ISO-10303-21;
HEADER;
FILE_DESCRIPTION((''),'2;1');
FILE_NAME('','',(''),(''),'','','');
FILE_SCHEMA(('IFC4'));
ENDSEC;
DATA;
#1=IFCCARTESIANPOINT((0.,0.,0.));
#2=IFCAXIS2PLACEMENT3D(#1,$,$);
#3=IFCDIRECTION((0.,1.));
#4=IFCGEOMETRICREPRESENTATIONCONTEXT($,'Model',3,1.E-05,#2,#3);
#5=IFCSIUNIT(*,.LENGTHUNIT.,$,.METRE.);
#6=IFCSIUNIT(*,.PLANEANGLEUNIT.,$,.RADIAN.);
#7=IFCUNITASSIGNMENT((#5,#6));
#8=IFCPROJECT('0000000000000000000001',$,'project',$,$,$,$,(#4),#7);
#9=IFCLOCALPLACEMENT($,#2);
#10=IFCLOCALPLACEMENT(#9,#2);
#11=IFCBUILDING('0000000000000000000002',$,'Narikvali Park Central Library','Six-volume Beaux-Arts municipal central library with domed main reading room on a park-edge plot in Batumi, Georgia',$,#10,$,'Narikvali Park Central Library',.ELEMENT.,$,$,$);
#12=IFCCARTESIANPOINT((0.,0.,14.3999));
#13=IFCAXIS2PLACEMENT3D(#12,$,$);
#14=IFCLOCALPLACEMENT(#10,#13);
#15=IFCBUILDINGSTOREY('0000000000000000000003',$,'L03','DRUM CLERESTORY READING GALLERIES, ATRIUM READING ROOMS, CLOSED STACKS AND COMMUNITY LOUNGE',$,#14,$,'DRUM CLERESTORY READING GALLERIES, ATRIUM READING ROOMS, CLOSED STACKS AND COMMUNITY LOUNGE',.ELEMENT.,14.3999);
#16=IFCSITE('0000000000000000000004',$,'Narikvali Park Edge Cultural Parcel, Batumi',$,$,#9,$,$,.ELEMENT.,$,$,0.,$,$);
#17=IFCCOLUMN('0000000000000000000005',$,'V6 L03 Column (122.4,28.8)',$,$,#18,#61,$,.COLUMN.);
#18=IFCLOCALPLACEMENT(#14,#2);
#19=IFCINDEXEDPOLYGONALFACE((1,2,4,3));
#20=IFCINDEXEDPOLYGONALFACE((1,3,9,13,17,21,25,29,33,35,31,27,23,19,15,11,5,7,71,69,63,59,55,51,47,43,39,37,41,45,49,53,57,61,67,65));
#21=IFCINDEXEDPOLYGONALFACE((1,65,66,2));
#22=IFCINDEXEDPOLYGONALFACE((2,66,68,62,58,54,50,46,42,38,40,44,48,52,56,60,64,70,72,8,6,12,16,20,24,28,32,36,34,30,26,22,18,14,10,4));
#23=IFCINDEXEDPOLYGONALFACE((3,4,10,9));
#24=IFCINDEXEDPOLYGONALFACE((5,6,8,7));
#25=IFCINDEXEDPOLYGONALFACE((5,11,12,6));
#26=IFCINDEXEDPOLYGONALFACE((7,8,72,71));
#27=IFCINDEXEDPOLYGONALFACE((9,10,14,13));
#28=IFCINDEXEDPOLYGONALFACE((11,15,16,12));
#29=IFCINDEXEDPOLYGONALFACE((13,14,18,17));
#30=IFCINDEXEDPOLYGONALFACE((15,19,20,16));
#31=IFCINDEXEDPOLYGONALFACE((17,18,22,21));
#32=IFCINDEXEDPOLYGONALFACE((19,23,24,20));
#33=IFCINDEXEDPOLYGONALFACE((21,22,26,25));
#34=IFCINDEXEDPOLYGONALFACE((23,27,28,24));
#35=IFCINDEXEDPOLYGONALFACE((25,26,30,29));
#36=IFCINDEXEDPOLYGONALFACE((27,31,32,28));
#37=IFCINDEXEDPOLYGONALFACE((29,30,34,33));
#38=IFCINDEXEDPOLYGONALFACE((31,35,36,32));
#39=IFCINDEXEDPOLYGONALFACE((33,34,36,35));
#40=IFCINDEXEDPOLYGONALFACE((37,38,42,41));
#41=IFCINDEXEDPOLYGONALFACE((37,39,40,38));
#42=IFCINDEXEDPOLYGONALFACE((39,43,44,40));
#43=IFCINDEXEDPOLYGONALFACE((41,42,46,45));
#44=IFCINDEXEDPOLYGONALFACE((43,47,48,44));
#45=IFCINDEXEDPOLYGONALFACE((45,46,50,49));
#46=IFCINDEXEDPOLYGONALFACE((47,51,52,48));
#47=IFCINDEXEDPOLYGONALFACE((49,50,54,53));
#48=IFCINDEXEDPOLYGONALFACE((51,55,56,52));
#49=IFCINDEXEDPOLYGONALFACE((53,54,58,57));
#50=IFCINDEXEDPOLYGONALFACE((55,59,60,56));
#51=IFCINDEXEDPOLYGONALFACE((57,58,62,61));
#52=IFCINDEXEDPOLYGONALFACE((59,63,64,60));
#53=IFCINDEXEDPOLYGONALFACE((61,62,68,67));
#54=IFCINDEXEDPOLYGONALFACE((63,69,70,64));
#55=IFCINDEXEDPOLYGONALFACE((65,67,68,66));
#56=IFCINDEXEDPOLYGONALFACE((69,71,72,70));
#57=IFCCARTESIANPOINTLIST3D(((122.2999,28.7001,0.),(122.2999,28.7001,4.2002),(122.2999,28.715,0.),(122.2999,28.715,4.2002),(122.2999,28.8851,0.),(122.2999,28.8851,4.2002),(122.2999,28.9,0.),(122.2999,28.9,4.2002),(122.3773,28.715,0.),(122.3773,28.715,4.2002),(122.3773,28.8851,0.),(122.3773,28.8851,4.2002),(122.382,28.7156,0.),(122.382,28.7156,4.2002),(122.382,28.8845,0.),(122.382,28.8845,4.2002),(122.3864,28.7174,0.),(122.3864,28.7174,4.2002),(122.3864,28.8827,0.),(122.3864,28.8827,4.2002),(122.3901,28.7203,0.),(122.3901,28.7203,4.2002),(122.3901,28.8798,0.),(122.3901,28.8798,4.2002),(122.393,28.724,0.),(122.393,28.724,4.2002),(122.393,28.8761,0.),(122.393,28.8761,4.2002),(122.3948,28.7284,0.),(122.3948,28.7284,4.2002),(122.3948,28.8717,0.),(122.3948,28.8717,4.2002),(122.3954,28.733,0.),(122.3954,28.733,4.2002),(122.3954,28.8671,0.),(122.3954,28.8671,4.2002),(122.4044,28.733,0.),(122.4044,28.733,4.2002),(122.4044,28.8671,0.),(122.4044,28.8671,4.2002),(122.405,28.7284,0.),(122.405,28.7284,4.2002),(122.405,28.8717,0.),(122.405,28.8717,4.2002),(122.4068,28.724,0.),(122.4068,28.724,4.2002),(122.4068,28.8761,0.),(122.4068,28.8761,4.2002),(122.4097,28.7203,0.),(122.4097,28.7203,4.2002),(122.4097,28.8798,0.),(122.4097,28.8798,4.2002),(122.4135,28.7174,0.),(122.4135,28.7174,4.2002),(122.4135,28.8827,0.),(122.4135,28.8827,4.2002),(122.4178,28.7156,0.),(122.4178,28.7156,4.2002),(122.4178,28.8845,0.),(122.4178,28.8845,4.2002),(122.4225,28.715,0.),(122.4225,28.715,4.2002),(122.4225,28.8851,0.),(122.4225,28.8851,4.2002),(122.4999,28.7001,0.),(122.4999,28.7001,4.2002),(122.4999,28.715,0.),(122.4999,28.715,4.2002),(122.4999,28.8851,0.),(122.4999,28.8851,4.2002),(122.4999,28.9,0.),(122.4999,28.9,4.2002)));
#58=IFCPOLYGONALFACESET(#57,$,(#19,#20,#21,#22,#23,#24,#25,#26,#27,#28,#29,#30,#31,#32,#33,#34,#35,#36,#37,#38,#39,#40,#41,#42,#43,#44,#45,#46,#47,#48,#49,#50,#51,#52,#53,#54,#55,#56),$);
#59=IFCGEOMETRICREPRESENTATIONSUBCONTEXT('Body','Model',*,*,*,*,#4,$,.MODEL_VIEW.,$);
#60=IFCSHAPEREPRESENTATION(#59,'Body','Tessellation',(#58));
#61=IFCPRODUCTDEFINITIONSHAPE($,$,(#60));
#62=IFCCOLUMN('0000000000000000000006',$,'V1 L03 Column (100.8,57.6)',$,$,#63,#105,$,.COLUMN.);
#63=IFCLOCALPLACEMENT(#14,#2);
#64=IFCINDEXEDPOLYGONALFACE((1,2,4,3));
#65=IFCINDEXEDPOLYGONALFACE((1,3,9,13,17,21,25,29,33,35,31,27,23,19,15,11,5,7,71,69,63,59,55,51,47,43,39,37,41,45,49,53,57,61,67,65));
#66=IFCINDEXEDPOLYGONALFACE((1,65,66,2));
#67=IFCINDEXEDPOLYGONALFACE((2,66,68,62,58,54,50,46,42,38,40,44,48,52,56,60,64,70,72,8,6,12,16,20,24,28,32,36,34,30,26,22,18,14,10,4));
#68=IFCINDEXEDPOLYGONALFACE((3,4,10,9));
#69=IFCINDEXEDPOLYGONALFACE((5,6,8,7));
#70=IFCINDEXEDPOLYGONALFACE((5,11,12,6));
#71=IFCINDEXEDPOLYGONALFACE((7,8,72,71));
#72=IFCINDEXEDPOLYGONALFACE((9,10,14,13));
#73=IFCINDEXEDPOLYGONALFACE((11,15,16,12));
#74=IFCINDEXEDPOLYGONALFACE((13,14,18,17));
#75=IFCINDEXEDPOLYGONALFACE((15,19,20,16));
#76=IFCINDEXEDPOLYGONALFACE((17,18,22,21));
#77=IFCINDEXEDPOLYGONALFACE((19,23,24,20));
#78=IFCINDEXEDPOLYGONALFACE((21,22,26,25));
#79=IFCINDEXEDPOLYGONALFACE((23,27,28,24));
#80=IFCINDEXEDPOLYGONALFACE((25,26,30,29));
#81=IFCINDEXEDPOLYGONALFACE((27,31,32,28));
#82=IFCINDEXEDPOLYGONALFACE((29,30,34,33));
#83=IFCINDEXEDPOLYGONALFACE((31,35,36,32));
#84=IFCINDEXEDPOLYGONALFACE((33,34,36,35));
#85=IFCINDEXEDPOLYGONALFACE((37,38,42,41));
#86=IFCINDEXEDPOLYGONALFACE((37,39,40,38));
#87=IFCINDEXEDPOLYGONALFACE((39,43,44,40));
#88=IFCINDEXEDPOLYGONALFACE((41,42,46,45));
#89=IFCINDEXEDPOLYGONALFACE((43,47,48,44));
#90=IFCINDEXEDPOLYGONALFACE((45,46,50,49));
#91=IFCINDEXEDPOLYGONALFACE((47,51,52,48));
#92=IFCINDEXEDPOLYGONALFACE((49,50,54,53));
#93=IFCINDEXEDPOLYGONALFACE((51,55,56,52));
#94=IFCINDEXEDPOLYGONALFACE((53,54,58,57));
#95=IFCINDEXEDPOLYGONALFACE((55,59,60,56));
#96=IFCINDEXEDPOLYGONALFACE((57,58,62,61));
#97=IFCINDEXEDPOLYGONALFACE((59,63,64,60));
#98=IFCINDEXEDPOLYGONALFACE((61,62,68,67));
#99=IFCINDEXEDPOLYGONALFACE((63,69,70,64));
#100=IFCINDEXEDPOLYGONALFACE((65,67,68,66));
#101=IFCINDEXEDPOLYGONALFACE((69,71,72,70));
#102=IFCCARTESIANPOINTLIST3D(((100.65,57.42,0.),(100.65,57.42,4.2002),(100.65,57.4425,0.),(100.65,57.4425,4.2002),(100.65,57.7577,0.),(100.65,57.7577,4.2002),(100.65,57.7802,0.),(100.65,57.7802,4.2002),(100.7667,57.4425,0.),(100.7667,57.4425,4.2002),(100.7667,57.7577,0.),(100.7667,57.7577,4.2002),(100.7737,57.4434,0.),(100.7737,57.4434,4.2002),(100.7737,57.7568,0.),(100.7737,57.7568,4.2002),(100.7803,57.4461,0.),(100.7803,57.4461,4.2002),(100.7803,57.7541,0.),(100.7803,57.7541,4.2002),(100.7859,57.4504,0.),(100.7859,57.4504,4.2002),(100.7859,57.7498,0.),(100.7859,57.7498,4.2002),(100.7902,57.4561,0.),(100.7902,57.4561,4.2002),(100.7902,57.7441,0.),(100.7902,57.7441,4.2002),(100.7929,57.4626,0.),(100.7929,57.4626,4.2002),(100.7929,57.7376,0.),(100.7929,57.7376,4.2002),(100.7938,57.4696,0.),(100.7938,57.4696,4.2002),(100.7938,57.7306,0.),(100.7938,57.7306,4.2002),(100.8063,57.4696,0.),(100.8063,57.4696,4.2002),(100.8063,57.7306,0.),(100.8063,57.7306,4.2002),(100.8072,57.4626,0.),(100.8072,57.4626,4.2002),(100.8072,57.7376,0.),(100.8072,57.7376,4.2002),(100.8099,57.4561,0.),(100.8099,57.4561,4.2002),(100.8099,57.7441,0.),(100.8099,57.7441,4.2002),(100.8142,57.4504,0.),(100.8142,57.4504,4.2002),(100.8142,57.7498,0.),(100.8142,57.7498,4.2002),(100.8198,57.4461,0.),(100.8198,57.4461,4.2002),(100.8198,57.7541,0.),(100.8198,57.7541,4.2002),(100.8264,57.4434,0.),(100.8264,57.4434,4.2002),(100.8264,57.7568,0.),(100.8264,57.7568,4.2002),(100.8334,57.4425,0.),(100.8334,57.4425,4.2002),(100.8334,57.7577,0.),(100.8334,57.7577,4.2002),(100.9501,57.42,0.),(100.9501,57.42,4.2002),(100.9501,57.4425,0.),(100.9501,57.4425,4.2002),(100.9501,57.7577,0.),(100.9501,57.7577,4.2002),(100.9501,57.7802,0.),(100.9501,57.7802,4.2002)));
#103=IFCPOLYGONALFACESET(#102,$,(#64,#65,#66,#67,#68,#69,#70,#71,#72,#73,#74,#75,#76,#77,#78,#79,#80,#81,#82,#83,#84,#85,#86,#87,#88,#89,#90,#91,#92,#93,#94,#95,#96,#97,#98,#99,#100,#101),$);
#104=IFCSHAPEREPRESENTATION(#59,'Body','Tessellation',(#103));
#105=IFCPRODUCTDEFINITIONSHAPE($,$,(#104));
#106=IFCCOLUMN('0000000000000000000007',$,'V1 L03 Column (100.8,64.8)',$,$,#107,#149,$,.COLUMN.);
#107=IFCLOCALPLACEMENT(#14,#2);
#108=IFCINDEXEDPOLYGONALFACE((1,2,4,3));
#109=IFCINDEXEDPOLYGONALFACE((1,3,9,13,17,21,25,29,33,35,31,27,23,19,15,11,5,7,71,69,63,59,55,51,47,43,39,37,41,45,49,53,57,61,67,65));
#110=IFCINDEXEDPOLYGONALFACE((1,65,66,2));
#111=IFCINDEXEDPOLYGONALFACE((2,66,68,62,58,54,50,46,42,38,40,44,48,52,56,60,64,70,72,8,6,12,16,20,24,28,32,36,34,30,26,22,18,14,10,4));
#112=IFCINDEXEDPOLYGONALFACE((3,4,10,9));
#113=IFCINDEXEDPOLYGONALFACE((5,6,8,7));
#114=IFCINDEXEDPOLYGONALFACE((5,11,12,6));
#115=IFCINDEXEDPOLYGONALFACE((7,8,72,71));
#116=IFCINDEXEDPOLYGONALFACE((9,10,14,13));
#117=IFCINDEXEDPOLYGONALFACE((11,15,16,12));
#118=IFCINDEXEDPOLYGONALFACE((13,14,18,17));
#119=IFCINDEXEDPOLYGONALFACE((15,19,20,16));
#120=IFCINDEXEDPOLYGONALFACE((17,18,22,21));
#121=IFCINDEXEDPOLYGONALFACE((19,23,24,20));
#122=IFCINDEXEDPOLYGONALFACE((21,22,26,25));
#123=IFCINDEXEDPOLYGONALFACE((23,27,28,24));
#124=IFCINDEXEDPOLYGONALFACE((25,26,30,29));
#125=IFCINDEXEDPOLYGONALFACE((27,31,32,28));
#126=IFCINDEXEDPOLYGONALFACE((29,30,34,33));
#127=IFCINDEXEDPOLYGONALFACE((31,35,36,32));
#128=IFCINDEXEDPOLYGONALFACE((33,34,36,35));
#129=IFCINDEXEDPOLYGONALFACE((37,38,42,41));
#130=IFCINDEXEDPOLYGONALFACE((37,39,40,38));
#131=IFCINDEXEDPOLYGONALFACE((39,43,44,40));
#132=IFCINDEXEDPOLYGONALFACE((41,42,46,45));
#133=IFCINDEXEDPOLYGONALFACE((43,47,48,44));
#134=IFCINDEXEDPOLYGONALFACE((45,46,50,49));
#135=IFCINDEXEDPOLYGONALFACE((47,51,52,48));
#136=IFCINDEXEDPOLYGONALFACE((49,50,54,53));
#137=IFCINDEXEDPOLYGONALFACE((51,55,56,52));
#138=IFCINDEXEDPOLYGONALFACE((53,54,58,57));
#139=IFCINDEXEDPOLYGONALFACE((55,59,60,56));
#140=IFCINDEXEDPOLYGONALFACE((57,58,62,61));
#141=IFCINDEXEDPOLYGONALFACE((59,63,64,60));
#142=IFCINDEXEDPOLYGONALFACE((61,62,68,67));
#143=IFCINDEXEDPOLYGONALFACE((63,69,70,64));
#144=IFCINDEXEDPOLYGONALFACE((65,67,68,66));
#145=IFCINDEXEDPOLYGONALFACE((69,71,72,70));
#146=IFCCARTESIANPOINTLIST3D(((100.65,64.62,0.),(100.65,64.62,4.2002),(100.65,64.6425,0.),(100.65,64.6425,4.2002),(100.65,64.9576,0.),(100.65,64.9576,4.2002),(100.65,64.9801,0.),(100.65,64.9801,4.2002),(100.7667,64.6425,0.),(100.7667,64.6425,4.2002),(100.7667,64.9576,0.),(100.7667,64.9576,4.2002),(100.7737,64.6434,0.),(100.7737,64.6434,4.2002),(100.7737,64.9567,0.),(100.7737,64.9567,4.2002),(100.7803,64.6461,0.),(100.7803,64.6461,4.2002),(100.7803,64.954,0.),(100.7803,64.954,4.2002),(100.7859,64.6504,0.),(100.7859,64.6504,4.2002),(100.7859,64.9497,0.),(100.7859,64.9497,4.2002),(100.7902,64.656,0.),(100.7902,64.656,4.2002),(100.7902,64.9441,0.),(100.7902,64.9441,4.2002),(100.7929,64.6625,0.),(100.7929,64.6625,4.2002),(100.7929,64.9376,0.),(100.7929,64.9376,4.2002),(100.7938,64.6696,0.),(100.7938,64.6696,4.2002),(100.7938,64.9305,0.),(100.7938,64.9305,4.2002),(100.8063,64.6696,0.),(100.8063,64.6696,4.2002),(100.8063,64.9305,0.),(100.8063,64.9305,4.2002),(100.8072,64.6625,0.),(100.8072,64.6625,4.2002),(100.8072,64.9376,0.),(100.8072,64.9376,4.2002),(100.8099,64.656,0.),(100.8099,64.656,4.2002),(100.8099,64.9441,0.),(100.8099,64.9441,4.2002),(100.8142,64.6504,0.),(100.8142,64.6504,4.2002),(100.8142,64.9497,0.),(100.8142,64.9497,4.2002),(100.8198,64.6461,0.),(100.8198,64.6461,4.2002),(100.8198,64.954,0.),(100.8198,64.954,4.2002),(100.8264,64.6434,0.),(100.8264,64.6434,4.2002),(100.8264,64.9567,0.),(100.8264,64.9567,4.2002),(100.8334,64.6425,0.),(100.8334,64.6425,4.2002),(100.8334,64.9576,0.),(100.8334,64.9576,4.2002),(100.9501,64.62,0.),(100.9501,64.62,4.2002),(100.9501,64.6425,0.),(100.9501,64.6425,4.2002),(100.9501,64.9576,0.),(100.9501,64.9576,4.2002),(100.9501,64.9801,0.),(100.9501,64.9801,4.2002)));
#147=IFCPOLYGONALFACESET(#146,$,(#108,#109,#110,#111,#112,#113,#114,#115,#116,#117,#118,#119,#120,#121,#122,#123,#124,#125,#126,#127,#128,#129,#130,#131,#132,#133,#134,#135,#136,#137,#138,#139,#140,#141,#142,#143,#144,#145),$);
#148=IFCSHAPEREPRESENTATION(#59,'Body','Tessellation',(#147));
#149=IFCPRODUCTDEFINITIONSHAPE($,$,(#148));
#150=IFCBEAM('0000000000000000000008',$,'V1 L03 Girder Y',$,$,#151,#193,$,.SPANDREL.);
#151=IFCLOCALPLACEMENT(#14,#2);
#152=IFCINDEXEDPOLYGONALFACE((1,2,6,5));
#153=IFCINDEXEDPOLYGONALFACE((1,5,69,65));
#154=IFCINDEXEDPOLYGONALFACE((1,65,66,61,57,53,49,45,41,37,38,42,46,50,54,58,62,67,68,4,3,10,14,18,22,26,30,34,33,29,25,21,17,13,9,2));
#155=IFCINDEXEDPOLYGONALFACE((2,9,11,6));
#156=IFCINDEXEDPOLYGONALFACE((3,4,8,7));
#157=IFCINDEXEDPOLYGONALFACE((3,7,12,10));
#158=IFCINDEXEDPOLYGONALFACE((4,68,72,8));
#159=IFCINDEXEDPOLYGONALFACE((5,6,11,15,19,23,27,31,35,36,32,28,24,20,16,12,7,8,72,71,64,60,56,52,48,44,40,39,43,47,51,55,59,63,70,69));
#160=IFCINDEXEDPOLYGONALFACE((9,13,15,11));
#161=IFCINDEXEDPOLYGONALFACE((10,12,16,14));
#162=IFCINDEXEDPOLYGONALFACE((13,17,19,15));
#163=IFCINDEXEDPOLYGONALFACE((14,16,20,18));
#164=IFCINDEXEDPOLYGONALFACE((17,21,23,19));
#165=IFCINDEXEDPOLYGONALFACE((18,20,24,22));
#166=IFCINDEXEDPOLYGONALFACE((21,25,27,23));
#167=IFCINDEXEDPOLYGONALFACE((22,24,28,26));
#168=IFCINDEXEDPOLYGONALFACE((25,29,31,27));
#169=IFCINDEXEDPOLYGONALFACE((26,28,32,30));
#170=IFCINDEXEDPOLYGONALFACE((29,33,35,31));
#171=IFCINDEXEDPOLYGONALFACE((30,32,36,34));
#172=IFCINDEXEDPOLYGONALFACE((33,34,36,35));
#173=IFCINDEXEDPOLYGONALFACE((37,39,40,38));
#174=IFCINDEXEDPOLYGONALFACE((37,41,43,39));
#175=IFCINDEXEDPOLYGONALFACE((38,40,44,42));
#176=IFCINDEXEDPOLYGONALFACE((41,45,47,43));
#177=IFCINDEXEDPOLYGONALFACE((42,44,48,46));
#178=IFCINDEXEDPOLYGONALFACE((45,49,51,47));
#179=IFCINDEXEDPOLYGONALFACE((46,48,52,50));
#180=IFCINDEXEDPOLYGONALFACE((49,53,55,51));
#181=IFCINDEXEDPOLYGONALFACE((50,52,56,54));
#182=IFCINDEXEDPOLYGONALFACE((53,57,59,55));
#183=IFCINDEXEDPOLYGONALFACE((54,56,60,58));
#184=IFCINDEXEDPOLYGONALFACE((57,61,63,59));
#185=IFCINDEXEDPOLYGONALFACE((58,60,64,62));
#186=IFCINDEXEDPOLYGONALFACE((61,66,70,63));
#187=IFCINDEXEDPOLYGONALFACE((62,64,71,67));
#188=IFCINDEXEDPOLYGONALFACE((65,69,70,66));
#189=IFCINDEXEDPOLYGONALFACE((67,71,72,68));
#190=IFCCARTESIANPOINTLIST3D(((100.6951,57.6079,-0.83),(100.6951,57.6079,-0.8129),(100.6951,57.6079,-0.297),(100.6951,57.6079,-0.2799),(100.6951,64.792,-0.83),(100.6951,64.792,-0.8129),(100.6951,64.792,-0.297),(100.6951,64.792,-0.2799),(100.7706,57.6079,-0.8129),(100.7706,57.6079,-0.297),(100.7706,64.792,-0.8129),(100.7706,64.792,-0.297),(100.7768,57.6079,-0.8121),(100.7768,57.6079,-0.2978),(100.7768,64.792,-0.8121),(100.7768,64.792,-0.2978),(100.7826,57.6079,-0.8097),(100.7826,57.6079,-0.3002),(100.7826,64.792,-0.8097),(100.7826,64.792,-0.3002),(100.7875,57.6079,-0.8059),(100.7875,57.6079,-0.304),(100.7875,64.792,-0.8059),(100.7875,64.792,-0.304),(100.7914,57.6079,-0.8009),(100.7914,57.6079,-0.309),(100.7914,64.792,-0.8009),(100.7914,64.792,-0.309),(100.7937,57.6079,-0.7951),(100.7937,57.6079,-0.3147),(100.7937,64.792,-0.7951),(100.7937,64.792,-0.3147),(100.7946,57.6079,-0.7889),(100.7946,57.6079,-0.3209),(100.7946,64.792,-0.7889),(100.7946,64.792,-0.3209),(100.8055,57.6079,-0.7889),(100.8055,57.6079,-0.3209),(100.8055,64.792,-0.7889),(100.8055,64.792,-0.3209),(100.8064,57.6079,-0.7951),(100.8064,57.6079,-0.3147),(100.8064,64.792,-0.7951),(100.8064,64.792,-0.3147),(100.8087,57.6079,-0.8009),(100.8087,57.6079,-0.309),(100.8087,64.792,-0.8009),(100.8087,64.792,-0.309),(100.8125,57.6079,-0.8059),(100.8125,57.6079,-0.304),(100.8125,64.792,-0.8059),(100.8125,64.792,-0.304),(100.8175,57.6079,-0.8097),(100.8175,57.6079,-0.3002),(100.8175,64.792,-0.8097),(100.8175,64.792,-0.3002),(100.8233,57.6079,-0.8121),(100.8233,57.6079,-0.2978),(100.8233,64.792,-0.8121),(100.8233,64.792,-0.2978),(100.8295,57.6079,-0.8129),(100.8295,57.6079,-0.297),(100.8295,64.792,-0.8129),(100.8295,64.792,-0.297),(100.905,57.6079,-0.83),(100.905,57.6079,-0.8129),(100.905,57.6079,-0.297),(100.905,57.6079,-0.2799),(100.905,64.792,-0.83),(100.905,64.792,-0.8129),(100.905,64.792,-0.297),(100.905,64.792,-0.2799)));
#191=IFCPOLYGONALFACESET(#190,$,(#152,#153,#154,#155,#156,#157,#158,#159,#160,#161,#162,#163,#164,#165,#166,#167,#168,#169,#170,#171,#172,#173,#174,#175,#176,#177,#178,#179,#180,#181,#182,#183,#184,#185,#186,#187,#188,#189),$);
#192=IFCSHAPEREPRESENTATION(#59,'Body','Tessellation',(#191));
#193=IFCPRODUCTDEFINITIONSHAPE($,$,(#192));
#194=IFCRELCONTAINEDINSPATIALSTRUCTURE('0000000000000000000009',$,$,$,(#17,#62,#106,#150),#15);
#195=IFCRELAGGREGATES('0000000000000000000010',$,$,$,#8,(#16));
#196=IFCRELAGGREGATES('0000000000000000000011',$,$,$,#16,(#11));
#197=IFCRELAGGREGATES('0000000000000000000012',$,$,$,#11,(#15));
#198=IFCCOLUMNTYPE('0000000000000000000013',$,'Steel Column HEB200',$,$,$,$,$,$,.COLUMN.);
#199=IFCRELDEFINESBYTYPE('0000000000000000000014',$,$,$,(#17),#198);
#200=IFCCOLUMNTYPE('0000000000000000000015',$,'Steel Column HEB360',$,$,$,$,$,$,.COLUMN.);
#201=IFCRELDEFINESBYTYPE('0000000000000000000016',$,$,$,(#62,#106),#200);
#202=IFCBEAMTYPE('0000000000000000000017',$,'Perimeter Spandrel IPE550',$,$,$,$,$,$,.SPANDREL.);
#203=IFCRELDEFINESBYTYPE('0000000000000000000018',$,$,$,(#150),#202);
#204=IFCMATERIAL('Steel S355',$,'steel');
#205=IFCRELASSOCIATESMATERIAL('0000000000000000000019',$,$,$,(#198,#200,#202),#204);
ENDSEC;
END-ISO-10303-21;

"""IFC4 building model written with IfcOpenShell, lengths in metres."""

from ifc_helpers import new_model, si_unit, direction, frame, origin, origin_2d, place, context, subcontext, project, spatial, i_section, extrude, material, material_profile, profile_set, type_object, element, save


model = new_model("IFC4")

# Units and contexts
model_context = context("Model", 3, precision=1e-05, world=origin(), true_north=direction((0.0, 1.0)))
body_context = subcontext(model_context, "Body", "Model", "MODEL_VIEW")
ifc_project = project(units=[si_unit("LENGTHUNIT", "METRE"), si_unit("PLANEANGLEUNIT", "RADIAN")], contexts=[model_context])

# Site, building, storey
site_placement = place(None, origin())
site = spatial("IfcSite", under=ifc_project, at=site_placement, Name="Narikvali Park Edge Cultural Parcel, Batumi", CompositionType="ELEMENT", RefElevation=0.0)
building_placement = place(site_placement, origin())
building = spatial("IfcBuilding", under=site, at=building_placement, Name="Narikvali Park Central Library", Description="Six-volume Beaux-Arts municipal central library with domed main reading room on a park-edge plot in Batumi, Georgia", LongName="Narikvali Park Central Library", CompositionType="ELEMENT")
storey_placement = place(building_placement, frame((0.0, 0.0, 14.3999)))
storey = spatial("IfcBuildingStorey", under=building, at=storey_placement, Name="L03", Description="DRUM CLERESTORY READING GALLERIES, ATRIUM READING ROOMS, CLOSED STACKS AND COMMUNITY LOUNGE", LongName="DRUM CLERESTORY READING GALLERIES, ATRIUM READING ROOMS, CLOSED STACKS AND COMMUNITY LOUNGE", CompositionType="ELEMENT", Elevation=14.3999)

# Columns
ifc_material_1 = material(Name="Steel S355", Category="steel")
ifc_material_profile_1 = material_profile(ifc_material_1, i_section(OverallWidth=0.2, OverallDepth=0.2, WebThickness=0.009, FlangeThickness=0.0149, FilletRadius=0.0181, at=origin_2d()), Name="HEB 200")
ifc_profile_set_1 = profile_set([ifc_material_profile_1], Name="Steel S355")
column_type_1 = type_object("IfcColumnType", Name="Steel Column HEB200", PredefinedType="COLUMN", material=ifc_profile_set_1)
column_placement = place(storey_placement, frame((122.3999, 28.8, 0.0), z_axis=(0.0, 0.0, 1.0), x_axis=(1.0, 0.0, 0.0)))
element("IfcColumn", 1, at=column_placement, inside=storey, type_object=column_type_1, Name="V6 L03 Column (122.4,28.8)", PredefinedType="COLUMN", context=body_context, shape_type="SweptSolid", body=[
    extrude(i_section(OverallWidth=0.2, OverallDepth=0.2, WebThickness=0.009, FlangeThickness=0.0149, FilletRadius=0.0181, at=origin_2d()), origin(), (0.0, 0.0, 1.0), 4.2002),
])
ifc_material_profile_2 = material_profile(ifc_material_1, i_section(OverallWidth=0.3, OverallDepth=0.3601, WebThickness=0.0125, FlangeThickness=0.0225, FilletRadius=0.0271, at=origin_2d()), Name="HEB 360")
ifc_profile_set_2 = profile_set([ifc_material_profile_2], Name="Steel S355")
column_type_2 = type_object("IfcColumnType", Name="Steel Column HEB360", PredefinedType="COLUMN", material=ifc_profile_set_2)
for number, where, z_axis, x_axis, name in (
    (2, (100.8, 57.6001, 0.0), (0.0, 0.0, 1.0), (1.0, 0.0, 0.0), "V1 L03 Column (100.8,57.6)"),
    (3, (100.8, 64.8, 0.0), (0.0, 0.0, 1.0), (1.0, 0.0, 0.0), "V1 L03 Column (100.8,64.8)"),
):
    element("IfcColumn", number, at=place(storey_placement, frame(where, z_axis=z_axis, x_axis=x_axis)), inside=storey, type_object=column_type_2, Name=name, PredefinedType="COLUMN", context=body_context, shape_type="SweptSolid", body=[
        extrude(i_section(OverallWidth=0.3, OverallDepth=0.3601, WebThickness=0.0125, FlangeThickness=0.0225, FilletRadius=0.0271, at=origin_2d()), origin(), (0.0, 0.0, 1.0), 4.2002),
    ])

# Beam
ifc_material_profile_3 = material_profile(ifc_material_1, i_section(OverallWidth=0.21, OverallDepth=0.55, WebThickness=0.011, FlangeThickness=0.0171, FilletRadius=0.0239, at=origin_2d()), Name="IPE 550")
ifc_profile_set_3 = profile_set([ifc_material_profile_3], Name="Steel S355")
beam_type_1 = type_object("IfcBeamType", Name="Perimeter Spandrel IPE550", PredefinedType="SPANDREL", material=ifc_profile_set_3)
for number, where, z_axis, x_axis, name in (
    (4, (100.8, 57.6079, -0.5549), (0.0, 1.0, 0.0), (-1.0, 0.0, 0.0), "V1 L03 Girder Y"),
):
    element("IfcBeam", number, at=place(storey_placement, frame(where, z_axis=z_axis, x_axis=x_axis)), inside=storey, type_object=beam_type_1, Name=name, PredefinedType="SPANDREL", context=body_context, shape_type="SweptSolid", body=[
        extrude(i_section(OverallWidth=0.21, OverallDepth=0.55, WebThickness=0.011, FlangeThickness=0.0171, FilletRadius=0.0239, at=origin_2d()), origin(), (0.0, 0.0, 1.0), 7.1841),
    ])

save(model, "model.ifc")
